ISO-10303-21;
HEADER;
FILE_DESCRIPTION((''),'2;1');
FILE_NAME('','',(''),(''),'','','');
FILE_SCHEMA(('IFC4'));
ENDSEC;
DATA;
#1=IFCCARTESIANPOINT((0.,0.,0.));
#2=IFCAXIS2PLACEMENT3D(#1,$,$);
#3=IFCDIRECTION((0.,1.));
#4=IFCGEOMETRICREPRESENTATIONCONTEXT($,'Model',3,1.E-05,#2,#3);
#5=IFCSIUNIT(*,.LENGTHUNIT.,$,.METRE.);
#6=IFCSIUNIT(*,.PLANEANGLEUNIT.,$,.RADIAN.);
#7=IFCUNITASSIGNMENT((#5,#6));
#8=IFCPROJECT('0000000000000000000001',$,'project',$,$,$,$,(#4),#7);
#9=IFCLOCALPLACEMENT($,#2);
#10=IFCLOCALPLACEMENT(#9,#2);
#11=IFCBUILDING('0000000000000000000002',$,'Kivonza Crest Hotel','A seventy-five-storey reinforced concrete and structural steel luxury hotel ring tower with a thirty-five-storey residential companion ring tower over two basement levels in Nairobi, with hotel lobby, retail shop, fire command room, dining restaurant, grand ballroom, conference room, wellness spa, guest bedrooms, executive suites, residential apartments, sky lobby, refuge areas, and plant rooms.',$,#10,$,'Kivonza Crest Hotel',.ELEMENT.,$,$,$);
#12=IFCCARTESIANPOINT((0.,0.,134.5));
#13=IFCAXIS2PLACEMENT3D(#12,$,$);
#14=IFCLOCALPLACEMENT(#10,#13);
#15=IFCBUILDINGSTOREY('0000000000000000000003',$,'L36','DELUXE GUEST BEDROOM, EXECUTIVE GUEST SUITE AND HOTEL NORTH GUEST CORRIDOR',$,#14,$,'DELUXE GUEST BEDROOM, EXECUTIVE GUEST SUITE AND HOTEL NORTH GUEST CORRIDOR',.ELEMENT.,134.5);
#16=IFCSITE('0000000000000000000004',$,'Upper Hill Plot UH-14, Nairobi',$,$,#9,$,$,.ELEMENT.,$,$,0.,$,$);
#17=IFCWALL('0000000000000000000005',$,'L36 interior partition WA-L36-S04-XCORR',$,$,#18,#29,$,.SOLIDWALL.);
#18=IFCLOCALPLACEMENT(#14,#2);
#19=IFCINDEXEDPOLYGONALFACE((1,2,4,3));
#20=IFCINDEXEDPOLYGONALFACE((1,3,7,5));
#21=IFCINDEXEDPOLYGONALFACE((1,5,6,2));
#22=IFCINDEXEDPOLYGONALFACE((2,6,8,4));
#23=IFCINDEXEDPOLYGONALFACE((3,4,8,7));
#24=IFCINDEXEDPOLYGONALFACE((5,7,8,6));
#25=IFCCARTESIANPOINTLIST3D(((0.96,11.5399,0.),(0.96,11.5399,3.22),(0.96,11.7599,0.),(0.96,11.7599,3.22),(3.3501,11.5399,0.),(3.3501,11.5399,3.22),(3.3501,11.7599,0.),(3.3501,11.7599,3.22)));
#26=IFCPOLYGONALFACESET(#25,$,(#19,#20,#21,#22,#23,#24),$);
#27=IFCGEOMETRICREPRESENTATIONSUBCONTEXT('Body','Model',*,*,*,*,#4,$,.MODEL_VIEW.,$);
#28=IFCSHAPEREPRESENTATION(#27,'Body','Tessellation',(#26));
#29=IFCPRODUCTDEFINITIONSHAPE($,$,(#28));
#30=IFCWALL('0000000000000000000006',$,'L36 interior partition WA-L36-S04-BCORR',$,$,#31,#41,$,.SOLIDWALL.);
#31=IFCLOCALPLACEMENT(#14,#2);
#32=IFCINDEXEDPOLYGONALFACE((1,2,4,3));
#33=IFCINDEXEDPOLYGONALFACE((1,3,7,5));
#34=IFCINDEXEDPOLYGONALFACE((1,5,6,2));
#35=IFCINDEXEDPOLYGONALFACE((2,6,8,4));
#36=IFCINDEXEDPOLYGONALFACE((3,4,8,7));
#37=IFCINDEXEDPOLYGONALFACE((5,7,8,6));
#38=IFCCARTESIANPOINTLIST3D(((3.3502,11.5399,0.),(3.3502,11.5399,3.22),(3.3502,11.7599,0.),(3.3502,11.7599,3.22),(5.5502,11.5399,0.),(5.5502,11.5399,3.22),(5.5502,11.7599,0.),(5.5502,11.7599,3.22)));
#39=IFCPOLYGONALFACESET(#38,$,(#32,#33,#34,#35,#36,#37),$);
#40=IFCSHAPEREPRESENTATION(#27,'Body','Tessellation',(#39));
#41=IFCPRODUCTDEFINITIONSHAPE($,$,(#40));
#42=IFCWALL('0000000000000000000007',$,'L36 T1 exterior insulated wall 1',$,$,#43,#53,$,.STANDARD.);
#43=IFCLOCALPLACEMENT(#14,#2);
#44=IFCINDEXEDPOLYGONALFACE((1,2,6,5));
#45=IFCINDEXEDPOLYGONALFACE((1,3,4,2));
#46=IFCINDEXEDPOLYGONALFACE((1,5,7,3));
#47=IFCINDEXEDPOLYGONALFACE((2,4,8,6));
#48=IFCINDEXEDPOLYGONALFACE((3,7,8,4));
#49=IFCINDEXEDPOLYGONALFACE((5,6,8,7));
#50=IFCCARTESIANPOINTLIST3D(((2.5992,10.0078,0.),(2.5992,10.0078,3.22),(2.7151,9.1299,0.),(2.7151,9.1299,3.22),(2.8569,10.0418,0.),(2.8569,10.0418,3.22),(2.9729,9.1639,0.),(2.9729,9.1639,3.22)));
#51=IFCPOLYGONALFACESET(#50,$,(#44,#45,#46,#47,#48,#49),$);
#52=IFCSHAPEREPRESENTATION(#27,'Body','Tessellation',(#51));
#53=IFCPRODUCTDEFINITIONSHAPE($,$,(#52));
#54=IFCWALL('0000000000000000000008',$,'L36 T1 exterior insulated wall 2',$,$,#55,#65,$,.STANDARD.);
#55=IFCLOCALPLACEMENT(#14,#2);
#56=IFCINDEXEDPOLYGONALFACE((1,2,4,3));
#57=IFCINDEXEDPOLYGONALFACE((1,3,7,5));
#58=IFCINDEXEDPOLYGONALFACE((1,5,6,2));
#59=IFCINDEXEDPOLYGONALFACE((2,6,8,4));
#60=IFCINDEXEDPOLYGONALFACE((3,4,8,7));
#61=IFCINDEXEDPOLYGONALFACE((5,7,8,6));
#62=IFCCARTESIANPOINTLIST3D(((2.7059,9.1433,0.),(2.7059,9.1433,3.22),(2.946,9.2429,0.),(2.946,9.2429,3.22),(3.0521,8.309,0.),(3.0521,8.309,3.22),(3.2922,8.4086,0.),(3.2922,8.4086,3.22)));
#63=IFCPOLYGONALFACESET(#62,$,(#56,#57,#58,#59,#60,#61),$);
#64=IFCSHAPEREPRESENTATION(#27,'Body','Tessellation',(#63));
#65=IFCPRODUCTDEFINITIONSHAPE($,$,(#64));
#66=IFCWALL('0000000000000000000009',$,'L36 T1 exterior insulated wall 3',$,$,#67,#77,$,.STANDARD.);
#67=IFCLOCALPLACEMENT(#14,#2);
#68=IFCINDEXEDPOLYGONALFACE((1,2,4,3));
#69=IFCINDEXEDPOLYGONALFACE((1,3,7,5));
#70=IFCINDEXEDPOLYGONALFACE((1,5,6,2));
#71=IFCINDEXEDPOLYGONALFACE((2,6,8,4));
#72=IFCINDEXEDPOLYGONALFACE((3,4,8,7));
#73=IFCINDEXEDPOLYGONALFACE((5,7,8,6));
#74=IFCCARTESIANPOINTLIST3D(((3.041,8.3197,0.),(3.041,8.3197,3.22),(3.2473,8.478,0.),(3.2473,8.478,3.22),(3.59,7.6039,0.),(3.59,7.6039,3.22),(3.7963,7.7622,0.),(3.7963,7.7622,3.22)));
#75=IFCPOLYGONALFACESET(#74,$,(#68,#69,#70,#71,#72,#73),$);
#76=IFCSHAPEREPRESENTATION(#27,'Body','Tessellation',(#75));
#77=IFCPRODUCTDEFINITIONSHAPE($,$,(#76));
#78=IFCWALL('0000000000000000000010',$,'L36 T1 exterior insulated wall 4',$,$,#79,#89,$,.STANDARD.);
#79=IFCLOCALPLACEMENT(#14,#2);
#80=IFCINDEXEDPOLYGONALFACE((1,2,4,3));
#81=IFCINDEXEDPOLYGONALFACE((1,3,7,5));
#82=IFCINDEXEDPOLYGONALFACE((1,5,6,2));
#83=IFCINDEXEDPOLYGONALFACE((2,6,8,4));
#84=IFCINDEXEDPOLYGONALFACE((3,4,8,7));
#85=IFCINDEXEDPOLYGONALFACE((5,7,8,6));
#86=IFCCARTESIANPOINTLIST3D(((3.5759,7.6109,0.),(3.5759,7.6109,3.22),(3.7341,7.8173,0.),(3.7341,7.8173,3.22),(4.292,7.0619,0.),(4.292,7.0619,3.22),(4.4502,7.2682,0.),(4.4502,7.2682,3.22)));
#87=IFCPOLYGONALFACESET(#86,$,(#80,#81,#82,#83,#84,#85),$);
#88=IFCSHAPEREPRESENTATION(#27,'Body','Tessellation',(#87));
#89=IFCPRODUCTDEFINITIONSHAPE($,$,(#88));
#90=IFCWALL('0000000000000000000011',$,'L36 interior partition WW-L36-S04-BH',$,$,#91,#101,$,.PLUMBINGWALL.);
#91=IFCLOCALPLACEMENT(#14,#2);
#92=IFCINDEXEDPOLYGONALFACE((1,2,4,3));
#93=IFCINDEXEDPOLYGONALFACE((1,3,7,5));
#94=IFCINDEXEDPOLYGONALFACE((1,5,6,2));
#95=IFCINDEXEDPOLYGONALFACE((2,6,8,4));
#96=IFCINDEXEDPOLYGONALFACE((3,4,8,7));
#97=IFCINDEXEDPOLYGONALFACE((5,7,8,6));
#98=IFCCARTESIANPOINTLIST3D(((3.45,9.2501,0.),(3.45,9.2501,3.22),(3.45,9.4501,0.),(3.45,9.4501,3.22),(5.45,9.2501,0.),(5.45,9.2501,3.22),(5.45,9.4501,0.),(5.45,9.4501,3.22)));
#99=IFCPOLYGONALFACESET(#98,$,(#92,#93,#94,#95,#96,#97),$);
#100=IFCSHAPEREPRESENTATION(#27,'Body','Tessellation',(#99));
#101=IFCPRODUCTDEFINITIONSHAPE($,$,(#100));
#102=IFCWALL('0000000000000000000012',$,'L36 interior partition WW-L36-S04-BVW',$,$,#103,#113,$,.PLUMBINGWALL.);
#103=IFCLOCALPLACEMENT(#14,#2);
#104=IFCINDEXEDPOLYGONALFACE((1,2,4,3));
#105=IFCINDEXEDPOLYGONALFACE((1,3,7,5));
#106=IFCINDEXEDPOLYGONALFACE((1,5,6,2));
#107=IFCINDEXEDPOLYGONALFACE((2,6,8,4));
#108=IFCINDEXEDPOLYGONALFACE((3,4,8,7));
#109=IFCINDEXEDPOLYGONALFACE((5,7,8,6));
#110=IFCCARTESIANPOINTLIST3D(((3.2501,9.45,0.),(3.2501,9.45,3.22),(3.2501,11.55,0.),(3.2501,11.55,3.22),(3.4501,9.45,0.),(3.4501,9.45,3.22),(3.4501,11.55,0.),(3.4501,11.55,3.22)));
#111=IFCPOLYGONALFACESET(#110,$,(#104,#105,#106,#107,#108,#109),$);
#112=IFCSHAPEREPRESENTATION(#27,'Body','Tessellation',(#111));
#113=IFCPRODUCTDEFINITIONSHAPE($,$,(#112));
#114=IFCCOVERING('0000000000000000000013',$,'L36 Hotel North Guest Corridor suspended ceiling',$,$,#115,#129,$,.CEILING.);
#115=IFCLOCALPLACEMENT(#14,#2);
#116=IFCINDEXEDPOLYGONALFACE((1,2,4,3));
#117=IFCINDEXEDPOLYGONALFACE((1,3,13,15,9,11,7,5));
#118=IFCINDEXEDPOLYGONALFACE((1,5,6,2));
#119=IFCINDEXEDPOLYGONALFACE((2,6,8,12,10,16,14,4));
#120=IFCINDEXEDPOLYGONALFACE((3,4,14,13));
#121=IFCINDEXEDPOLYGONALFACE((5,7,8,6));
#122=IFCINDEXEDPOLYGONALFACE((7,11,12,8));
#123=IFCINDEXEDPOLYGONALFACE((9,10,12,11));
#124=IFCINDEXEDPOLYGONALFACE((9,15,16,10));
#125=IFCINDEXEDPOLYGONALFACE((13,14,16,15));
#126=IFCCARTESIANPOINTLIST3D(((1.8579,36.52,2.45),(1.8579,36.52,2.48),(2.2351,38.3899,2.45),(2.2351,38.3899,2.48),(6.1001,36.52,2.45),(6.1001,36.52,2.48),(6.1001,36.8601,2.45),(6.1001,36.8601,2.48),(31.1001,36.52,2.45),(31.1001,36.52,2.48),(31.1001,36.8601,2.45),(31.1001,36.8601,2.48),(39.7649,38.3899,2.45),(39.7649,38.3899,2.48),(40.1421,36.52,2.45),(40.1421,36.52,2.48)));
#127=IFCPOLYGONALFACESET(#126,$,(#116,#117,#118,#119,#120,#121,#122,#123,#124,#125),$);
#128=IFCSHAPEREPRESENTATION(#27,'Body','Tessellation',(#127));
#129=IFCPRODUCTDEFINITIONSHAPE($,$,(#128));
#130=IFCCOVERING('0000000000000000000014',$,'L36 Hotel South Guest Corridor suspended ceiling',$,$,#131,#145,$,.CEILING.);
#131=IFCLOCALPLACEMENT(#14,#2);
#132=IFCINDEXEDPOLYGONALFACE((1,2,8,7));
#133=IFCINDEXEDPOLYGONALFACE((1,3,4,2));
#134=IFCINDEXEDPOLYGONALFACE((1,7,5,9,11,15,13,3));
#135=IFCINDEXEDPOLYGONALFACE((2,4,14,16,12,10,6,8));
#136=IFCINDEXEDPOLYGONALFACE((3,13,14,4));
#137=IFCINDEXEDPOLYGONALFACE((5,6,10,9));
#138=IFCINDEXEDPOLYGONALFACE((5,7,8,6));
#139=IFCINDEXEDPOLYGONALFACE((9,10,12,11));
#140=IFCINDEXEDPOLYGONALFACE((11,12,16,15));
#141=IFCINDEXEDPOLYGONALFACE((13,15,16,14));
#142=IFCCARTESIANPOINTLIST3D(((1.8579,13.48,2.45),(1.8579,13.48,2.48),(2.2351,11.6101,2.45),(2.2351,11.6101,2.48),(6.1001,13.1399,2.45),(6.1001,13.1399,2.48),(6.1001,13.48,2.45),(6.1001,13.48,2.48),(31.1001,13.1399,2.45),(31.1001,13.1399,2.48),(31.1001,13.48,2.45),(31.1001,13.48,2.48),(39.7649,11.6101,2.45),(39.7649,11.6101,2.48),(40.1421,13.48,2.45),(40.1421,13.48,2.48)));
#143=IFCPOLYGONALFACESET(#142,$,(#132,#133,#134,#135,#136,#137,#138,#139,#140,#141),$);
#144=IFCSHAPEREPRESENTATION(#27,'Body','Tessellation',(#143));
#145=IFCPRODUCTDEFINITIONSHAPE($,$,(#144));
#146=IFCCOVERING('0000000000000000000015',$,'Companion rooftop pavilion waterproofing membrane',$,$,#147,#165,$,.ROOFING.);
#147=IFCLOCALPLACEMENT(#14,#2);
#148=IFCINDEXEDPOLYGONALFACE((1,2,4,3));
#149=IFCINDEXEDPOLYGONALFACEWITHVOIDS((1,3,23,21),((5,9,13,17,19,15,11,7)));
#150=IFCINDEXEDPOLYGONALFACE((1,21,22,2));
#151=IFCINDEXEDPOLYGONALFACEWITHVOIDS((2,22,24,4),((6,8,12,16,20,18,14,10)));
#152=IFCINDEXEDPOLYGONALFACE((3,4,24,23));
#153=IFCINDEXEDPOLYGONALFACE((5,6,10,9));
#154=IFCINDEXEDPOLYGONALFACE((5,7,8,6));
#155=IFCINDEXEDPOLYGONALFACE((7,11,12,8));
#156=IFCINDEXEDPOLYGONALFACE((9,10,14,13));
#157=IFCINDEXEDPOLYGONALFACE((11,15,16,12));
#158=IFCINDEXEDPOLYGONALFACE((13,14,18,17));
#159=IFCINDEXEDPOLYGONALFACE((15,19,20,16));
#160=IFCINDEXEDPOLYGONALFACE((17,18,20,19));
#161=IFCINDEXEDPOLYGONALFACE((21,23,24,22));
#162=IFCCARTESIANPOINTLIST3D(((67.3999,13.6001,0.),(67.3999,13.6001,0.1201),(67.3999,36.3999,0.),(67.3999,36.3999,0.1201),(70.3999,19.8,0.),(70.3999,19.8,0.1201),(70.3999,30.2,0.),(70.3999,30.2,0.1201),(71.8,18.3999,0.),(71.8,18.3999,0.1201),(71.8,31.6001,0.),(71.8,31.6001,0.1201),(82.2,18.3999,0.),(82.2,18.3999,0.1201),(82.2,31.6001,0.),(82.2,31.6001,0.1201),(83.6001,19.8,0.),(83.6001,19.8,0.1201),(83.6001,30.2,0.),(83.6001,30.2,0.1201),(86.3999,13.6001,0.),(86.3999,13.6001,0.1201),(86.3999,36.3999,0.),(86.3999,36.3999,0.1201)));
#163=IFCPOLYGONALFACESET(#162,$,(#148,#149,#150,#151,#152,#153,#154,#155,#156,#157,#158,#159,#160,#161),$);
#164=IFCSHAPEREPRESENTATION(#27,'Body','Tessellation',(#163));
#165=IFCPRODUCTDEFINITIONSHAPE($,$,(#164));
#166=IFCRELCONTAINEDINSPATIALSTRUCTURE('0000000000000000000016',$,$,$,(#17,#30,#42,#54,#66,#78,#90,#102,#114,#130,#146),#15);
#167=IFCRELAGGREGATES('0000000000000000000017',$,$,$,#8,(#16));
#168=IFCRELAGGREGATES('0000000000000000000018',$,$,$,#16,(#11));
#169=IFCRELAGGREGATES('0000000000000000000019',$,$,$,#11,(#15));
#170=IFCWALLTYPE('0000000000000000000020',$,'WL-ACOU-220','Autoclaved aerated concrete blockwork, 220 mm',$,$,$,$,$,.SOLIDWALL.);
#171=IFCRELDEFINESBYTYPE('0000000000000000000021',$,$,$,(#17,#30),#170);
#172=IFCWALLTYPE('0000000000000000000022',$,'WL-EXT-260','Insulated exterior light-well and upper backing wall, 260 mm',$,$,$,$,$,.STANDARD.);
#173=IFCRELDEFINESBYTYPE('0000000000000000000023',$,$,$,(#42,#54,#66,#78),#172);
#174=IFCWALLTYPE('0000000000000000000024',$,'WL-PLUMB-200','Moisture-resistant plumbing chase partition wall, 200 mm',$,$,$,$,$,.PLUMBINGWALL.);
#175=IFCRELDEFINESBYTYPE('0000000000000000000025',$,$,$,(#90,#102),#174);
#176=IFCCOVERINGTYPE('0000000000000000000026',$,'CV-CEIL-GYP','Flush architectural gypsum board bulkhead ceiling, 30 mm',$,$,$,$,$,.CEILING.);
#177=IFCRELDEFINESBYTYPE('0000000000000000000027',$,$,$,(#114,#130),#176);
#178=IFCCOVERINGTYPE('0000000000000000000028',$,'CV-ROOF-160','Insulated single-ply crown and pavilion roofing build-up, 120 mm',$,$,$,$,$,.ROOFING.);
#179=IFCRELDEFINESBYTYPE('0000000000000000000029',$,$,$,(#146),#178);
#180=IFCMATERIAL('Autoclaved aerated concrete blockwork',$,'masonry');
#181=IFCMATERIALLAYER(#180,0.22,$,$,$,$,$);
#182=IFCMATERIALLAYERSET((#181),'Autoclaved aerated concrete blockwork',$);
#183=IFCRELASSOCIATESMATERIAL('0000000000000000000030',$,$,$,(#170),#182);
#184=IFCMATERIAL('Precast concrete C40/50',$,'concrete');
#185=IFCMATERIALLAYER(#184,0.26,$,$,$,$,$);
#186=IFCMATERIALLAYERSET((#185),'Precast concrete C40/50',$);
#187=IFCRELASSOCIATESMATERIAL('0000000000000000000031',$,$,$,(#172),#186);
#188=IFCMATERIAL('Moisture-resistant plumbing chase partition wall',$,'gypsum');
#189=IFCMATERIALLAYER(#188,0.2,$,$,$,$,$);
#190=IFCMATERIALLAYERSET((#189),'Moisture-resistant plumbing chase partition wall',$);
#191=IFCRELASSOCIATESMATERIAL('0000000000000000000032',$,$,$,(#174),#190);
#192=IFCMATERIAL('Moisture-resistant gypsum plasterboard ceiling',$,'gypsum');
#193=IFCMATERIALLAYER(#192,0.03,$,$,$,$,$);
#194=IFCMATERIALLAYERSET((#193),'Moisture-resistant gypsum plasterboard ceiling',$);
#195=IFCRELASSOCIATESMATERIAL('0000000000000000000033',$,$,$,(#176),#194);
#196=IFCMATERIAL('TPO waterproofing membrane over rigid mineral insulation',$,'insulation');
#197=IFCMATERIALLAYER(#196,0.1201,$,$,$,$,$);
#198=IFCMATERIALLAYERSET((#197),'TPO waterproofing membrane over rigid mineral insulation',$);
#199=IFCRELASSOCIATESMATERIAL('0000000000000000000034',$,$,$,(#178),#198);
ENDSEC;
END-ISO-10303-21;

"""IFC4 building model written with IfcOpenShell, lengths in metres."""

from ifc_helpers import new_model, si_unit, direction, frame, frame_2d, origin, place, context, subcontext, project, spatial, polyline, rectangle, outline, extrude, material, layer, layer_set, type_object, element, save


model = new_model("IFC4")

# Units and contexts
model_context = context("Model", 3, precision=1e-05, world=origin(), true_north=direction((0.0, 1.0)))
body_context = subcontext(model_context, "Body", "Model", "MODEL_VIEW")
ifc_project = project(units=[si_unit("LENGTHUNIT", "METRE"), si_unit("PLANEANGLEUNIT", "RADIAN")], contexts=[model_context])

# Site, building, storey
site_placement = place(None, origin())
site = spatial("IfcSite", under=ifc_project, at=site_placement, Name="Upper Hill Plot UH-14, Nairobi", CompositionType="ELEMENT", RefElevation=0.0)
building_placement = place(site_placement, origin())
building = spatial("IfcBuilding", under=site, at=building_placement, Name="Kivonza Crest Hotel", Description="A seventy-five-storey reinforced concrete and structural steel luxury hotel ring tower with a thirty-five-storey residential companion ring tower over two basement levels in Nairobi, with hotel lobby, retail shop, fire command room, dining restaurant, grand ballroom, conference room, wellness spa, guest bedrooms, executive suites, residential apartments, sky lobby, refuge areas, and plant rooms.", LongName="Kivonza Crest Hotel", CompositionType="ELEMENT")
storey_placement = place(building_placement, frame((0.0, 0.0, 134.5)))
storey = spatial("IfcBuildingStorey", under=building, at=storey_placement, Name="L36", Description="DELUXE GUEST BEDROOM, EXECUTIVE GUEST SUITE AND HOTEL NORTH GUEST CORRIDOR", LongName="DELUXE GUEST BEDROOM, EXECUTIVE GUEST SUITE AND HOTEL NORTH GUEST CORRIDOR", CompositionType="ELEMENT", Elevation=134.5)

# Walls
ifc_material_1 = material(Name="Autoclaved aerated concrete blockwork", Category="masonry")
ifc_layer_1 = layer(ifc_material_1, 0.22)
ifc_layer_set_1 = layer_set([ifc_layer_1], Name="Autoclaved aerated concrete blockwork")
wall_type_1 = type_object("IfcWallType", Name="WL-ACOU-220", Description="Autoclaved aerated concrete blockwork, 220 mm", PredefinedType="SOLIDWALL", material=ifc_layer_set_1)
wall_1_placement = place(storey_placement, frame((0.96, 11.6499, 0.0), z_axis=(0.0, 0.0, 1.0), x_axis=(1.0, 0.0, 0.0)))
element("IfcWall", 1, at=wall_1_placement, inside=storey, type_object=wall_type_1, Name="L36 interior partition WA-L36-S04-XCORR", PredefinedType="SOLIDWALL", context=body_context, shape_type="SweptSolid", body=[
    extrude(rectangle(XDim=2.3901, YDim=0.22, at=frame_2d((1.1951, 0.0))), origin(), (0.0, 0.0, 1.0), 3.22),
])
wall_2_placement = place(storey_placement, frame((3.3501, 11.6499, 0.0), z_axis=(0.0, 0.0, 1.0), x_axis=(1.0, 0.0, 0.0)))
element("IfcWall", 2, at=wall_2_placement, inside=storey, type_object=wall_type_1, Name="L36 interior partition WA-L36-S04-BCORR", PredefinedType="SOLIDWALL", context=body_context, shape_type="SweptSolid", body=[
    extrude(rectangle(XDim=2.2, YDim=0.22, at=frame_2d((1.1001, 0.0))), origin(), (0.0, 0.0, 1.0), 3.22),
])
ifc_material_2 = material(Name="Precast concrete C40/50", Category="concrete")
ifc_layer_2 = layer(ifc_material_2, 0.26)
ifc_layer_set_2 = layer_set([ifc_layer_2], Name="Precast concrete C40/50")
wall_type_2 = type_object("IfcWallType", Name="WL-EXT-260", Description="Insulated exterior light-well and upper backing wall, 260 mm", PredefinedType="STANDARD", material=ifc_layer_set_2)
wall_3_placement = place(storey_placement, frame((2.728, 10.0249, 0.0), z_axis=(0.0, 0.0, 1.0), x_axis=(0.130954, -0.991388, 0.0)))
element("IfcWall", 3, at=wall_3_placement, inside=storey, type_object=wall_type_2, Name="L36 T1 exterior insulated wall 1", PredefinedType="STANDARD", context=body_context, shape_type="SweptSolid", body=[
    extrude(rectangle(XDim=0.8855, YDim=0.26, at=frame_2d((0.4429, 0.0))), origin(), (0.0, 0.0, 1.0), 3.22),
])
wall_4_placement = place(storey_placement, frame((2.8259, 9.1931, 0.0), z_axis=(0.0, 0.0, 1.0), x_axis=(0.383291, -0.923628, 0.0)))
element("IfcWall", 4, at=wall_4_placement, inside=storey, type_object=wall_type_2, Name="L36 T1 exterior insulated wall 2", PredefinedType="STANDARD", context=body_context, shape_type="SweptSolid", body=[
    extrude(rectangle(XDim=0.9033, YDim=0.26, at=frame_2d((0.4517, 0.0))), origin(), (0.0, 0.0, 1.0), 3.22),
])
wall_5_placement = place(storey_placement, frame((3.144, 8.3989, 0.0), z_axis=(0.0, 0.0, 1.0), x_axis=(0.608625, -0.793458, 0.0)))
element("IfcWall", 5, at=wall_5_placement, inside=storey, type_object=wall_type_2, Name="L36 T1 exterior insulated wall 3", PredefinedType="STANDARD", context=body_context, shape_type="SweptSolid", body=[
    extrude(rectangle(XDim=0.9021, YDim=0.26, at=frame_2d((0.4512, 0.0))), origin(), (0.0, 0.0, 1.0), 3.22),
])
wall_6_placement = place(storey_placement, frame((3.655, 7.7141, 0.0), z_axis=(0.0, 0.0, 1.0), x_axis=(0.793558, -0.608494, 0.0)))
element("IfcWall", 6, at=wall_6_placement, inside=storey, type_object=wall_type_2, Name="L36 T1 exterior insulated wall 4", PredefinedType="STANDARD", context=body_context, shape_type="SweptSolid", body=[
    extrude(rectangle(XDim=0.9023, YDim=0.26, at=frame_2d((0.4512, 0.0))), origin(), (0.0, 0.0, 1.0), 3.22),
])
ifc_material_3 = material(Name="Moisture-resistant plumbing chase partition wall", Category="gypsum")
ifc_layer_3 = layer(ifc_material_3, 0.2)
ifc_layer_set_3 = layer_set([ifc_layer_3], Name="Moisture-resistant plumbing chase partition wall")
wall_type_3 = type_object("IfcWallType", Name="WL-PLUMB-200", Description="Moisture-resistant plumbing chase partition wall, 200 mm", PredefinedType="PLUMBINGWALL", material=ifc_layer_set_3)
wall_7_placement = place(storey_placement, frame((3.45, 9.3501, 0.0), z_axis=(0.0, 0.0, 1.0), x_axis=(1.0, 0.0, 0.0)))
element("IfcWall", 7, at=wall_7_placement, inside=storey, type_object=wall_type_3, Name="L36 interior partition WW-L36-S04-BH", PredefinedType="PLUMBINGWALL", context=body_context, shape_type="SweptSolid", body=[
    extrude(rectangle(XDim=2.0, YDim=0.2, at=frame_2d((1.0, 0.0))), origin(), (0.0, 0.0, 1.0), 3.22),
])
wall_8_placement = place(storey_placement, frame((3.3501, 9.45, 0.0), z_axis=(0.0, 0.0, 1.0), x_axis=(0.0, 1.0, 0.0)))
element("IfcWall", 8, at=wall_8_placement, inside=storey, type_object=wall_type_3, Name="L36 interior partition WW-L36-S04-BVW", PredefinedType="PLUMBINGWALL", context=body_context, shape_type="SweptSolid", body=[
    extrude(rectangle(XDim=2.1001, YDim=0.2, at=frame_2d((1.05, 0.0))), origin(), (0.0, 0.0, 1.0), 3.22),
])

# Coverings
ifc_material_4 = material(Name="Moisture-resistant gypsum plasterboard ceiling", Category="gypsum")
ifc_layer_4 = layer(ifc_material_4, 0.03)
ifc_layer_set_4 = layer_set([ifc_layer_4], Name="Moisture-resistant gypsum plasterboard ceiling")
covering_type_1 = type_object("IfcCoveringType", Name="CV-CEIL-GYP", Description="Flush architectural gypsum board bulkhead ceiling, 30 mm", PredefinedType="CEILING", material=ifc_layer_set_4)
covering_1_placement = place(storey_placement, frame((0.0, 0.0, 2.45)))
element("IfcCovering", 9, at=covering_1_placement, inside=storey, type_object=covering_type_1, Name="L36 Hotel North Guest Corridor suspended ceiling", PredefinedType="CEILING", context=body_context, shape_type="SweptSolid", body=[
    extrude(outline(polyline([(2.2351, 38.3899), (1.8579, 36.52), (6.1001, 36.52), (6.1001, 36.8601), (31.1001, 36.8601), (31.1001, 36.52), (40.1421, 36.52), (39.7649, 38.3899), (2.2351, 38.3899)])), origin(), (0.0, 0.0, 1.0), 0.03),
])
covering_2_placement = place(storey_placement, frame((0.0, 0.0, 2.45)))
element("IfcCovering", 10, at=covering_2_placement, inside=storey, type_object=covering_type_1, Name="L36 Hotel South Guest Corridor suspended ceiling", PredefinedType="CEILING", context=body_context, shape_type="SweptSolid", body=[
    extrude(outline(polyline([(1.8579, 13.48), (2.2351, 11.6101), (39.7649, 11.6101), (40.1421, 13.48), (31.1001, 13.48), (31.1001, 13.1399), (6.1001, 13.1399), (6.1001, 13.48), (1.8579, 13.48)])), origin(), (0.0, 0.0, 1.0), 0.03),
])
ifc_material_5 = material(Name="TPO waterproofing membrane over rigid mineral insulation", Category="insulation")
ifc_layer_5 = layer(ifc_material_5, 0.1201)
ifc_layer_set_5 = layer_set([ifc_layer_5], Name="TPO waterproofing membrane over rigid mineral insulation")
covering_type_2 = type_object("IfcCoveringType", Name="CV-ROOF-160", Description="Insulated single-ply crown and pavilion roofing build-up, 120 mm", PredefinedType="ROOFING", material=ifc_layer_set_5)
covering_3_placement = place(storey_placement, origin())
element("IfcCovering", 11, at=covering_3_placement, inside=storey, type_object=covering_type_2, Name="Companion rooftop pavilion waterproofing membrane", PredefinedType="ROOFING", context=body_context, shape_type="SweptSolid", body=[
    extrude(outline(polyline([(67.3999, 13.6001), (86.3999, 13.6001), (86.3999, 36.3999), (67.3999, 36.3999), (67.3999, 13.6001)]), holes=[polyline([(71.8, 18.3999), (82.2, 18.3999), (83.6001, 19.8), (83.6001, 30.2), (82.2, 31.6001), (71.8, 31.6001), (70.3999, 30.2), (70.3999, 19.8), (71.8, 18.3999)])]), origin(), (0.0, 0.0, 1.0), 0.1201),
])

save(model, "model.ifc")
